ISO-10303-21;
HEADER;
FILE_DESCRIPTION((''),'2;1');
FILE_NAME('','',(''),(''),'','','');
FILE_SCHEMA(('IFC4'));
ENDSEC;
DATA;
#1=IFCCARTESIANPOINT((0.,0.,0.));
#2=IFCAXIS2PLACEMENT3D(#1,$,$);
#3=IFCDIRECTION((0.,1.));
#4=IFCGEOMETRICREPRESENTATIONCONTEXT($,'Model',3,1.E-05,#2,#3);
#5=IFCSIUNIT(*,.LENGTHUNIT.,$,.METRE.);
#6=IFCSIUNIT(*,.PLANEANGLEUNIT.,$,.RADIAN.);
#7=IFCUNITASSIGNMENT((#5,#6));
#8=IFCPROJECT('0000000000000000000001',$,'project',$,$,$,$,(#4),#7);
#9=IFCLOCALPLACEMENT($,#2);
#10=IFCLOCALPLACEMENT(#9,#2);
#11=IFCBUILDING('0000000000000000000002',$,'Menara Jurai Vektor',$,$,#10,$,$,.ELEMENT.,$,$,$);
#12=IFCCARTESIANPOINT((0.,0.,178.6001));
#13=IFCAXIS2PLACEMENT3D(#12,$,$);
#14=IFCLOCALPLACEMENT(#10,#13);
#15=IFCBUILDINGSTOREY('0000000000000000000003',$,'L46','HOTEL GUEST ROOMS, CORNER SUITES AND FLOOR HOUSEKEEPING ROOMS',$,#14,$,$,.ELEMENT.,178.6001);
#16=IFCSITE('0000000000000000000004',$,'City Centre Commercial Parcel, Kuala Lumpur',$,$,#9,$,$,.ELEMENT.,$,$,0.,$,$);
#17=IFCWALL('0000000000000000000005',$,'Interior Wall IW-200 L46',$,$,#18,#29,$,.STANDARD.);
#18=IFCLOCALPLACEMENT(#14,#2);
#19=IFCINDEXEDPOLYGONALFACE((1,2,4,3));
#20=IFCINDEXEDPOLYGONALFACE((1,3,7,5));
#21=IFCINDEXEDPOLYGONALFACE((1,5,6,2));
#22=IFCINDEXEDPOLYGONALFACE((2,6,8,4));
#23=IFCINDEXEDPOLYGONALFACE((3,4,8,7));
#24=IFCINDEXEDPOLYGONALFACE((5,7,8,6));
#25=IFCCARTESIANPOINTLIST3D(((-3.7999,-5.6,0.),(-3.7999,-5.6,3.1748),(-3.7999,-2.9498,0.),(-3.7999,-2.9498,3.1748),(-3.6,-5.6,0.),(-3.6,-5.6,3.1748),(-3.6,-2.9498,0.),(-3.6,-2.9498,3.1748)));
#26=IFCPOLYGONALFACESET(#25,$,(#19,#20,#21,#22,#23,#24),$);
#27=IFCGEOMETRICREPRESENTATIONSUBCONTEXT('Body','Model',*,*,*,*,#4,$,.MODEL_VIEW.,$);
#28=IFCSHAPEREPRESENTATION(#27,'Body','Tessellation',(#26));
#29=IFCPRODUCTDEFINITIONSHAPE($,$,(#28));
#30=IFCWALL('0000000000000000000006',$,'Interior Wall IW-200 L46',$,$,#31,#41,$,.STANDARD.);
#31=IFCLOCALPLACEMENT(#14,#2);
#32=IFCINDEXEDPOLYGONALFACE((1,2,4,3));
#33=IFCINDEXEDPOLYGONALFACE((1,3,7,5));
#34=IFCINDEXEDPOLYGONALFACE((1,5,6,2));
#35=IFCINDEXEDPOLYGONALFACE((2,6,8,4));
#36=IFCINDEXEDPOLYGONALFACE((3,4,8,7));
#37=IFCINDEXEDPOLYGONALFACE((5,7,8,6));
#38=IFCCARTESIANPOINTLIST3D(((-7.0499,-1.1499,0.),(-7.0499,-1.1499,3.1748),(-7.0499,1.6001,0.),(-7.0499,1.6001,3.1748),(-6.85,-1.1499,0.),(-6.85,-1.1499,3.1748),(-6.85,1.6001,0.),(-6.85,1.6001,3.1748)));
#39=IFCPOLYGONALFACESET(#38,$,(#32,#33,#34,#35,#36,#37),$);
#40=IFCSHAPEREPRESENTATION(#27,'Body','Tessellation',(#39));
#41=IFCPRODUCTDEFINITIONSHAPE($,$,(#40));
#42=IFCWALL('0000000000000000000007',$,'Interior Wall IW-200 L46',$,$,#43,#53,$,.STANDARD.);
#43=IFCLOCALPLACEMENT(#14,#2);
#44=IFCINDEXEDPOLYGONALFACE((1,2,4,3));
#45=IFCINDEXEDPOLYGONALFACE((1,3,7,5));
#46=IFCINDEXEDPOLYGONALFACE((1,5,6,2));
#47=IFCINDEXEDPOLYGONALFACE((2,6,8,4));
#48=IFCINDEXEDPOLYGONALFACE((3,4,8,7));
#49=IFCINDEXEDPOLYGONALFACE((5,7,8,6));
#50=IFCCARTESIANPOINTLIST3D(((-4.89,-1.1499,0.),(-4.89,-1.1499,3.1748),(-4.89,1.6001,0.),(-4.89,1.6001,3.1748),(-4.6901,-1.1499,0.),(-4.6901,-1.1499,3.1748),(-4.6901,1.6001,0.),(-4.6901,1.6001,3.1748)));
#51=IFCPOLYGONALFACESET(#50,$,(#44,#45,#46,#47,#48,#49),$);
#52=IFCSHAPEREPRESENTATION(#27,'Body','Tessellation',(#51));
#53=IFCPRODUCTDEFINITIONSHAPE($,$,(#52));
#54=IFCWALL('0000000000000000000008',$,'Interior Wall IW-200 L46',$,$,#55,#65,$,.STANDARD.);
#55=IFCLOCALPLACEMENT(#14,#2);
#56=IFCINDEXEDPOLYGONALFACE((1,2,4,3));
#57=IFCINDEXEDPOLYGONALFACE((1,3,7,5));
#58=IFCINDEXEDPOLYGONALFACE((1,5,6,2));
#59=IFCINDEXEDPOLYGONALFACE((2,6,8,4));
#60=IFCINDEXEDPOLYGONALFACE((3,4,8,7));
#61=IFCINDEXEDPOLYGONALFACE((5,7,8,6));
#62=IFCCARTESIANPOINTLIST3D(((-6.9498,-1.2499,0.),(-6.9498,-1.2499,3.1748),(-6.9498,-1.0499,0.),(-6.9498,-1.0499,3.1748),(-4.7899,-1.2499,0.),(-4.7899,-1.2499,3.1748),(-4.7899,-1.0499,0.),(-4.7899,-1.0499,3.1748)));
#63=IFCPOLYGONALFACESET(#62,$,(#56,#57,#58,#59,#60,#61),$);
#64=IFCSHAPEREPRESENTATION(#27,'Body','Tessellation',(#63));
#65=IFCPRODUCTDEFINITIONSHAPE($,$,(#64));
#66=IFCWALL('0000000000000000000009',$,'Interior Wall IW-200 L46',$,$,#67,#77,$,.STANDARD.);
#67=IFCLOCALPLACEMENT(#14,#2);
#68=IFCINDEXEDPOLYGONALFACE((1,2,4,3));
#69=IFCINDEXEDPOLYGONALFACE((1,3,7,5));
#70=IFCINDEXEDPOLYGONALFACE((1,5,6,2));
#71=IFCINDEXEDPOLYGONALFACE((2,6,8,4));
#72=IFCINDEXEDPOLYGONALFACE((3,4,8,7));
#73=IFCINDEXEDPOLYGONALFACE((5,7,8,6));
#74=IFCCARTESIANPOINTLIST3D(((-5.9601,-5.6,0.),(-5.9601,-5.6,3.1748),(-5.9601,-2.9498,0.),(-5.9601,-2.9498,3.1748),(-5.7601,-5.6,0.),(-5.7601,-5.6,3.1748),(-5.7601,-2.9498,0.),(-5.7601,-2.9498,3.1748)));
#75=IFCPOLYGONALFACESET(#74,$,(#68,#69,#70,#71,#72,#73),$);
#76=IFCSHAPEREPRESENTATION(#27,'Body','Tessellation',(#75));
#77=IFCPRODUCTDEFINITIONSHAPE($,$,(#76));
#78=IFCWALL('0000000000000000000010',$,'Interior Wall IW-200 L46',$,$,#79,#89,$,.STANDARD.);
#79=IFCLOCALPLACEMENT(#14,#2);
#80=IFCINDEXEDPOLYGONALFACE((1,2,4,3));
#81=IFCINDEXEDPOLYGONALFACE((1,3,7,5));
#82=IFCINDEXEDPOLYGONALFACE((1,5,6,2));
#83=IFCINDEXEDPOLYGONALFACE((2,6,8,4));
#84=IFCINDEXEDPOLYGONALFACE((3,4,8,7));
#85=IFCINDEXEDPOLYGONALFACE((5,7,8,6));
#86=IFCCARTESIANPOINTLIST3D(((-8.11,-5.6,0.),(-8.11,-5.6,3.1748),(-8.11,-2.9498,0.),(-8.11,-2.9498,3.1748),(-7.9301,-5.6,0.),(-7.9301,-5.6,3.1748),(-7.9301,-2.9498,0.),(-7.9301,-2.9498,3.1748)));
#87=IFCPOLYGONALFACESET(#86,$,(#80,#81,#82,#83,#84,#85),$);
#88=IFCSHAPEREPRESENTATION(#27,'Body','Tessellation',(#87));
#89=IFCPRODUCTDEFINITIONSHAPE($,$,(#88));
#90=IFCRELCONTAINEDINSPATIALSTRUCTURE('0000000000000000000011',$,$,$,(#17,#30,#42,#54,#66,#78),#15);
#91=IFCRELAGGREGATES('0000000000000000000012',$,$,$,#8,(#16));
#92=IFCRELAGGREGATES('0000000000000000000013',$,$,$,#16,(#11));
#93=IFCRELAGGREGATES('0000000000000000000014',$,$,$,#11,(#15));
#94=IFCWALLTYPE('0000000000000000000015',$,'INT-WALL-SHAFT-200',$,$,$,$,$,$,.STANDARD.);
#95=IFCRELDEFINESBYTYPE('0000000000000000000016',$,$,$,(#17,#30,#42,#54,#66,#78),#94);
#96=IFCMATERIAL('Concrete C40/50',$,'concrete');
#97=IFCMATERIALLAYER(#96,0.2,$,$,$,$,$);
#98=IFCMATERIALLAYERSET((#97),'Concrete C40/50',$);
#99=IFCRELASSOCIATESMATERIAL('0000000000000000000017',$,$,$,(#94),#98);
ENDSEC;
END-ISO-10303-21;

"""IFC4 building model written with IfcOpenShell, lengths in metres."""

from ifc_helpers import new_model, si_unit, direction, frame, frame_2d, origin, place, context, subcontext, project, spatial, rectangle, extrude, material, layer, layer_set, type_object, element, save


model = new_model("IFC4")

# Units and contexts
model_context = context("Model", 3, precision=1e-05, world=origin(), true_north=direction((0.0, 1.0)))
body_context = subcontext(model_context, "Body", "Model", "MODEL_VIEW")
ifc_project = project(units=[si_unit("LENGTHUNIT", "METRE"), si_unit("PLANEANGLEUNIT", "RADIAN")], contexts=[model_context])

# Site, building, storey
site_placement = place(None, origin())
site = spatial("IfcSite", under=ifc_project, at=site_placement, Name="City Centre Commercial Parcel, Kuala Lumpur", CompositionType="ELEMENT", RefElevation=0.0)
building_placement = place(site_placement, origin())
building = spatial("IfcBuilding", under=site, at=building_placement, Name="Menara Jurai Vektor", CompositionType="ELEMENT")
storey_placement = place(building_placement, frame((0.0, 0.0, 178.6001)))
storey = spatial("IfcBuildingStorey", under=building, at=storey_placement, Name="L46", Description="HOTEL GUEST ROOMS, CORNER SUITES AND FLOOR HOUSEKEEPING ROOMS", CompositionType="ELEMENT", Elevation=178.6001)

# Shared definitions
ifc_material_1 = material(Name="Concrete C40/50", Category="concrete")
ifc_layer_1 = layer(ifc_material_1, 0.2)
ifc_layer_set_1 = layer_set([ifc_layer_1], Name="Concrete C40/50")
wall_type_1 = type_object("IfcWallType", Name="INT-WALL-SHAFT-200", PredefinedType="STANDARD", material=ifc_layer_set_1)

# Walls
wall_1_placement = place(storey_placement, frame((-3.7, -5.6001, 0.0), z_axis=(0.0, 0.0, 1.0), x_axis=(0.0, 1.0, 0.0)))
element("IfcWall", 1, at=wall_1_placement, inside=storey, type_object=wall_type_1, Name="Interior Wall IW-200 L46", PredefinedType="STANDARD", context=body_context, shape_type="SweptSolid", body=[
    extrude(rectangle(XDim=2.6501, YDim=0.2, at=frame_2d((1.3252, 0.0))), origin(), (0.0, 0.0, 1.0), 3.1748),
])
for number, where, z_axis, x_axis, name in (
    (2, (-6.95, -1.1499, 0.0), (0.0, 0.0, 1.0), (0.0, 1.0, 0.0), "Interior Wall IW-200 L46"),
    (3, (-4.79, -1.1499, 0.0), (0.0, 0.0, 1.0), (0.0, 1.0, 0.0), "Interior Wall IW-200 L46"),
):
    element("IfcWall", number, at=place(storey_placement, frame(where, z_axis=z_axis, x_axis=x_axis)), inside=storey, type_object=wall_type_1, Name=name, PredefinedType="STANDARD", context=body_context, shape_type="SweptSolid", body=[
        extrude(rectangle(XDim=2.75, YDim=0.2, at=frame_2d((1.375, 0.0))), origin(), (0.0, 0.0, 1.0), 3.1748),
    ])
wall_2_placement = place(storey_placement, frame((-6.95, -1.1499, 0.0), z_axis=(0.0, 0.0, 1.0), x_axis=(1.0, 0.0, 0.0)))
element("IfcWall", 4, at=wall_2_placement, inside=storey, type_object=wall_type_1, Name="Interior Wall IW-200 L46", PredefinedType="STANDARD", context=body_context, shape_type="SweptSolid", body=[
    extrude(rectangle(XDim=2.1599, YDim=0.2, at=frame_2d((1.0801, 0.0))), origin(), (0.0, 0.0, 1.0), 3.1748),
])
wall_3_placement = place(storey_placement, frame((-5.8601, -5.6001, 0.0), z_axis=(0.0, 0.0, 1.0), x_axis=(0.0, 1.0, 0.0)))
element("IfcWall", 5, at=wall_3_placement, inside=storey, type_object=wall_type_1, Name="Interior Wall IW-200 L46", PredefinedType="STANDARD", context=body_context, shape_type="SweptSolid", body=[
    extrude(rectangle(XDim=2.6501, YDim=0.2, at=frame_2d((1.3252, 0.0))), origin(), (0.0, 0.0, 1.0), 3.1748),
])
wall_4_placement = place(storey_placement, frame((-8.02, -5.6001, 0.0), z_axis=(0.0, 0.0, 1.0), x_axis=(0.0, 1.0, 0.0)))
element("IfcWall", 6, at=wall_4_placement, inside=storey, type_object=wall_type_1, Name="Interior Wall IW-200 L46", PredefinedType="STANDARD", context=body_context, shape_type="SweptSolid", body=[
    extrude(rectangle(XDim=2.6501, YDim=0.1799, at=frame_2d((1.3252, 0.0))), origin(), (0.0, 0.0, 1.0), 3.1748),
])

save(model, "model.ifc")
